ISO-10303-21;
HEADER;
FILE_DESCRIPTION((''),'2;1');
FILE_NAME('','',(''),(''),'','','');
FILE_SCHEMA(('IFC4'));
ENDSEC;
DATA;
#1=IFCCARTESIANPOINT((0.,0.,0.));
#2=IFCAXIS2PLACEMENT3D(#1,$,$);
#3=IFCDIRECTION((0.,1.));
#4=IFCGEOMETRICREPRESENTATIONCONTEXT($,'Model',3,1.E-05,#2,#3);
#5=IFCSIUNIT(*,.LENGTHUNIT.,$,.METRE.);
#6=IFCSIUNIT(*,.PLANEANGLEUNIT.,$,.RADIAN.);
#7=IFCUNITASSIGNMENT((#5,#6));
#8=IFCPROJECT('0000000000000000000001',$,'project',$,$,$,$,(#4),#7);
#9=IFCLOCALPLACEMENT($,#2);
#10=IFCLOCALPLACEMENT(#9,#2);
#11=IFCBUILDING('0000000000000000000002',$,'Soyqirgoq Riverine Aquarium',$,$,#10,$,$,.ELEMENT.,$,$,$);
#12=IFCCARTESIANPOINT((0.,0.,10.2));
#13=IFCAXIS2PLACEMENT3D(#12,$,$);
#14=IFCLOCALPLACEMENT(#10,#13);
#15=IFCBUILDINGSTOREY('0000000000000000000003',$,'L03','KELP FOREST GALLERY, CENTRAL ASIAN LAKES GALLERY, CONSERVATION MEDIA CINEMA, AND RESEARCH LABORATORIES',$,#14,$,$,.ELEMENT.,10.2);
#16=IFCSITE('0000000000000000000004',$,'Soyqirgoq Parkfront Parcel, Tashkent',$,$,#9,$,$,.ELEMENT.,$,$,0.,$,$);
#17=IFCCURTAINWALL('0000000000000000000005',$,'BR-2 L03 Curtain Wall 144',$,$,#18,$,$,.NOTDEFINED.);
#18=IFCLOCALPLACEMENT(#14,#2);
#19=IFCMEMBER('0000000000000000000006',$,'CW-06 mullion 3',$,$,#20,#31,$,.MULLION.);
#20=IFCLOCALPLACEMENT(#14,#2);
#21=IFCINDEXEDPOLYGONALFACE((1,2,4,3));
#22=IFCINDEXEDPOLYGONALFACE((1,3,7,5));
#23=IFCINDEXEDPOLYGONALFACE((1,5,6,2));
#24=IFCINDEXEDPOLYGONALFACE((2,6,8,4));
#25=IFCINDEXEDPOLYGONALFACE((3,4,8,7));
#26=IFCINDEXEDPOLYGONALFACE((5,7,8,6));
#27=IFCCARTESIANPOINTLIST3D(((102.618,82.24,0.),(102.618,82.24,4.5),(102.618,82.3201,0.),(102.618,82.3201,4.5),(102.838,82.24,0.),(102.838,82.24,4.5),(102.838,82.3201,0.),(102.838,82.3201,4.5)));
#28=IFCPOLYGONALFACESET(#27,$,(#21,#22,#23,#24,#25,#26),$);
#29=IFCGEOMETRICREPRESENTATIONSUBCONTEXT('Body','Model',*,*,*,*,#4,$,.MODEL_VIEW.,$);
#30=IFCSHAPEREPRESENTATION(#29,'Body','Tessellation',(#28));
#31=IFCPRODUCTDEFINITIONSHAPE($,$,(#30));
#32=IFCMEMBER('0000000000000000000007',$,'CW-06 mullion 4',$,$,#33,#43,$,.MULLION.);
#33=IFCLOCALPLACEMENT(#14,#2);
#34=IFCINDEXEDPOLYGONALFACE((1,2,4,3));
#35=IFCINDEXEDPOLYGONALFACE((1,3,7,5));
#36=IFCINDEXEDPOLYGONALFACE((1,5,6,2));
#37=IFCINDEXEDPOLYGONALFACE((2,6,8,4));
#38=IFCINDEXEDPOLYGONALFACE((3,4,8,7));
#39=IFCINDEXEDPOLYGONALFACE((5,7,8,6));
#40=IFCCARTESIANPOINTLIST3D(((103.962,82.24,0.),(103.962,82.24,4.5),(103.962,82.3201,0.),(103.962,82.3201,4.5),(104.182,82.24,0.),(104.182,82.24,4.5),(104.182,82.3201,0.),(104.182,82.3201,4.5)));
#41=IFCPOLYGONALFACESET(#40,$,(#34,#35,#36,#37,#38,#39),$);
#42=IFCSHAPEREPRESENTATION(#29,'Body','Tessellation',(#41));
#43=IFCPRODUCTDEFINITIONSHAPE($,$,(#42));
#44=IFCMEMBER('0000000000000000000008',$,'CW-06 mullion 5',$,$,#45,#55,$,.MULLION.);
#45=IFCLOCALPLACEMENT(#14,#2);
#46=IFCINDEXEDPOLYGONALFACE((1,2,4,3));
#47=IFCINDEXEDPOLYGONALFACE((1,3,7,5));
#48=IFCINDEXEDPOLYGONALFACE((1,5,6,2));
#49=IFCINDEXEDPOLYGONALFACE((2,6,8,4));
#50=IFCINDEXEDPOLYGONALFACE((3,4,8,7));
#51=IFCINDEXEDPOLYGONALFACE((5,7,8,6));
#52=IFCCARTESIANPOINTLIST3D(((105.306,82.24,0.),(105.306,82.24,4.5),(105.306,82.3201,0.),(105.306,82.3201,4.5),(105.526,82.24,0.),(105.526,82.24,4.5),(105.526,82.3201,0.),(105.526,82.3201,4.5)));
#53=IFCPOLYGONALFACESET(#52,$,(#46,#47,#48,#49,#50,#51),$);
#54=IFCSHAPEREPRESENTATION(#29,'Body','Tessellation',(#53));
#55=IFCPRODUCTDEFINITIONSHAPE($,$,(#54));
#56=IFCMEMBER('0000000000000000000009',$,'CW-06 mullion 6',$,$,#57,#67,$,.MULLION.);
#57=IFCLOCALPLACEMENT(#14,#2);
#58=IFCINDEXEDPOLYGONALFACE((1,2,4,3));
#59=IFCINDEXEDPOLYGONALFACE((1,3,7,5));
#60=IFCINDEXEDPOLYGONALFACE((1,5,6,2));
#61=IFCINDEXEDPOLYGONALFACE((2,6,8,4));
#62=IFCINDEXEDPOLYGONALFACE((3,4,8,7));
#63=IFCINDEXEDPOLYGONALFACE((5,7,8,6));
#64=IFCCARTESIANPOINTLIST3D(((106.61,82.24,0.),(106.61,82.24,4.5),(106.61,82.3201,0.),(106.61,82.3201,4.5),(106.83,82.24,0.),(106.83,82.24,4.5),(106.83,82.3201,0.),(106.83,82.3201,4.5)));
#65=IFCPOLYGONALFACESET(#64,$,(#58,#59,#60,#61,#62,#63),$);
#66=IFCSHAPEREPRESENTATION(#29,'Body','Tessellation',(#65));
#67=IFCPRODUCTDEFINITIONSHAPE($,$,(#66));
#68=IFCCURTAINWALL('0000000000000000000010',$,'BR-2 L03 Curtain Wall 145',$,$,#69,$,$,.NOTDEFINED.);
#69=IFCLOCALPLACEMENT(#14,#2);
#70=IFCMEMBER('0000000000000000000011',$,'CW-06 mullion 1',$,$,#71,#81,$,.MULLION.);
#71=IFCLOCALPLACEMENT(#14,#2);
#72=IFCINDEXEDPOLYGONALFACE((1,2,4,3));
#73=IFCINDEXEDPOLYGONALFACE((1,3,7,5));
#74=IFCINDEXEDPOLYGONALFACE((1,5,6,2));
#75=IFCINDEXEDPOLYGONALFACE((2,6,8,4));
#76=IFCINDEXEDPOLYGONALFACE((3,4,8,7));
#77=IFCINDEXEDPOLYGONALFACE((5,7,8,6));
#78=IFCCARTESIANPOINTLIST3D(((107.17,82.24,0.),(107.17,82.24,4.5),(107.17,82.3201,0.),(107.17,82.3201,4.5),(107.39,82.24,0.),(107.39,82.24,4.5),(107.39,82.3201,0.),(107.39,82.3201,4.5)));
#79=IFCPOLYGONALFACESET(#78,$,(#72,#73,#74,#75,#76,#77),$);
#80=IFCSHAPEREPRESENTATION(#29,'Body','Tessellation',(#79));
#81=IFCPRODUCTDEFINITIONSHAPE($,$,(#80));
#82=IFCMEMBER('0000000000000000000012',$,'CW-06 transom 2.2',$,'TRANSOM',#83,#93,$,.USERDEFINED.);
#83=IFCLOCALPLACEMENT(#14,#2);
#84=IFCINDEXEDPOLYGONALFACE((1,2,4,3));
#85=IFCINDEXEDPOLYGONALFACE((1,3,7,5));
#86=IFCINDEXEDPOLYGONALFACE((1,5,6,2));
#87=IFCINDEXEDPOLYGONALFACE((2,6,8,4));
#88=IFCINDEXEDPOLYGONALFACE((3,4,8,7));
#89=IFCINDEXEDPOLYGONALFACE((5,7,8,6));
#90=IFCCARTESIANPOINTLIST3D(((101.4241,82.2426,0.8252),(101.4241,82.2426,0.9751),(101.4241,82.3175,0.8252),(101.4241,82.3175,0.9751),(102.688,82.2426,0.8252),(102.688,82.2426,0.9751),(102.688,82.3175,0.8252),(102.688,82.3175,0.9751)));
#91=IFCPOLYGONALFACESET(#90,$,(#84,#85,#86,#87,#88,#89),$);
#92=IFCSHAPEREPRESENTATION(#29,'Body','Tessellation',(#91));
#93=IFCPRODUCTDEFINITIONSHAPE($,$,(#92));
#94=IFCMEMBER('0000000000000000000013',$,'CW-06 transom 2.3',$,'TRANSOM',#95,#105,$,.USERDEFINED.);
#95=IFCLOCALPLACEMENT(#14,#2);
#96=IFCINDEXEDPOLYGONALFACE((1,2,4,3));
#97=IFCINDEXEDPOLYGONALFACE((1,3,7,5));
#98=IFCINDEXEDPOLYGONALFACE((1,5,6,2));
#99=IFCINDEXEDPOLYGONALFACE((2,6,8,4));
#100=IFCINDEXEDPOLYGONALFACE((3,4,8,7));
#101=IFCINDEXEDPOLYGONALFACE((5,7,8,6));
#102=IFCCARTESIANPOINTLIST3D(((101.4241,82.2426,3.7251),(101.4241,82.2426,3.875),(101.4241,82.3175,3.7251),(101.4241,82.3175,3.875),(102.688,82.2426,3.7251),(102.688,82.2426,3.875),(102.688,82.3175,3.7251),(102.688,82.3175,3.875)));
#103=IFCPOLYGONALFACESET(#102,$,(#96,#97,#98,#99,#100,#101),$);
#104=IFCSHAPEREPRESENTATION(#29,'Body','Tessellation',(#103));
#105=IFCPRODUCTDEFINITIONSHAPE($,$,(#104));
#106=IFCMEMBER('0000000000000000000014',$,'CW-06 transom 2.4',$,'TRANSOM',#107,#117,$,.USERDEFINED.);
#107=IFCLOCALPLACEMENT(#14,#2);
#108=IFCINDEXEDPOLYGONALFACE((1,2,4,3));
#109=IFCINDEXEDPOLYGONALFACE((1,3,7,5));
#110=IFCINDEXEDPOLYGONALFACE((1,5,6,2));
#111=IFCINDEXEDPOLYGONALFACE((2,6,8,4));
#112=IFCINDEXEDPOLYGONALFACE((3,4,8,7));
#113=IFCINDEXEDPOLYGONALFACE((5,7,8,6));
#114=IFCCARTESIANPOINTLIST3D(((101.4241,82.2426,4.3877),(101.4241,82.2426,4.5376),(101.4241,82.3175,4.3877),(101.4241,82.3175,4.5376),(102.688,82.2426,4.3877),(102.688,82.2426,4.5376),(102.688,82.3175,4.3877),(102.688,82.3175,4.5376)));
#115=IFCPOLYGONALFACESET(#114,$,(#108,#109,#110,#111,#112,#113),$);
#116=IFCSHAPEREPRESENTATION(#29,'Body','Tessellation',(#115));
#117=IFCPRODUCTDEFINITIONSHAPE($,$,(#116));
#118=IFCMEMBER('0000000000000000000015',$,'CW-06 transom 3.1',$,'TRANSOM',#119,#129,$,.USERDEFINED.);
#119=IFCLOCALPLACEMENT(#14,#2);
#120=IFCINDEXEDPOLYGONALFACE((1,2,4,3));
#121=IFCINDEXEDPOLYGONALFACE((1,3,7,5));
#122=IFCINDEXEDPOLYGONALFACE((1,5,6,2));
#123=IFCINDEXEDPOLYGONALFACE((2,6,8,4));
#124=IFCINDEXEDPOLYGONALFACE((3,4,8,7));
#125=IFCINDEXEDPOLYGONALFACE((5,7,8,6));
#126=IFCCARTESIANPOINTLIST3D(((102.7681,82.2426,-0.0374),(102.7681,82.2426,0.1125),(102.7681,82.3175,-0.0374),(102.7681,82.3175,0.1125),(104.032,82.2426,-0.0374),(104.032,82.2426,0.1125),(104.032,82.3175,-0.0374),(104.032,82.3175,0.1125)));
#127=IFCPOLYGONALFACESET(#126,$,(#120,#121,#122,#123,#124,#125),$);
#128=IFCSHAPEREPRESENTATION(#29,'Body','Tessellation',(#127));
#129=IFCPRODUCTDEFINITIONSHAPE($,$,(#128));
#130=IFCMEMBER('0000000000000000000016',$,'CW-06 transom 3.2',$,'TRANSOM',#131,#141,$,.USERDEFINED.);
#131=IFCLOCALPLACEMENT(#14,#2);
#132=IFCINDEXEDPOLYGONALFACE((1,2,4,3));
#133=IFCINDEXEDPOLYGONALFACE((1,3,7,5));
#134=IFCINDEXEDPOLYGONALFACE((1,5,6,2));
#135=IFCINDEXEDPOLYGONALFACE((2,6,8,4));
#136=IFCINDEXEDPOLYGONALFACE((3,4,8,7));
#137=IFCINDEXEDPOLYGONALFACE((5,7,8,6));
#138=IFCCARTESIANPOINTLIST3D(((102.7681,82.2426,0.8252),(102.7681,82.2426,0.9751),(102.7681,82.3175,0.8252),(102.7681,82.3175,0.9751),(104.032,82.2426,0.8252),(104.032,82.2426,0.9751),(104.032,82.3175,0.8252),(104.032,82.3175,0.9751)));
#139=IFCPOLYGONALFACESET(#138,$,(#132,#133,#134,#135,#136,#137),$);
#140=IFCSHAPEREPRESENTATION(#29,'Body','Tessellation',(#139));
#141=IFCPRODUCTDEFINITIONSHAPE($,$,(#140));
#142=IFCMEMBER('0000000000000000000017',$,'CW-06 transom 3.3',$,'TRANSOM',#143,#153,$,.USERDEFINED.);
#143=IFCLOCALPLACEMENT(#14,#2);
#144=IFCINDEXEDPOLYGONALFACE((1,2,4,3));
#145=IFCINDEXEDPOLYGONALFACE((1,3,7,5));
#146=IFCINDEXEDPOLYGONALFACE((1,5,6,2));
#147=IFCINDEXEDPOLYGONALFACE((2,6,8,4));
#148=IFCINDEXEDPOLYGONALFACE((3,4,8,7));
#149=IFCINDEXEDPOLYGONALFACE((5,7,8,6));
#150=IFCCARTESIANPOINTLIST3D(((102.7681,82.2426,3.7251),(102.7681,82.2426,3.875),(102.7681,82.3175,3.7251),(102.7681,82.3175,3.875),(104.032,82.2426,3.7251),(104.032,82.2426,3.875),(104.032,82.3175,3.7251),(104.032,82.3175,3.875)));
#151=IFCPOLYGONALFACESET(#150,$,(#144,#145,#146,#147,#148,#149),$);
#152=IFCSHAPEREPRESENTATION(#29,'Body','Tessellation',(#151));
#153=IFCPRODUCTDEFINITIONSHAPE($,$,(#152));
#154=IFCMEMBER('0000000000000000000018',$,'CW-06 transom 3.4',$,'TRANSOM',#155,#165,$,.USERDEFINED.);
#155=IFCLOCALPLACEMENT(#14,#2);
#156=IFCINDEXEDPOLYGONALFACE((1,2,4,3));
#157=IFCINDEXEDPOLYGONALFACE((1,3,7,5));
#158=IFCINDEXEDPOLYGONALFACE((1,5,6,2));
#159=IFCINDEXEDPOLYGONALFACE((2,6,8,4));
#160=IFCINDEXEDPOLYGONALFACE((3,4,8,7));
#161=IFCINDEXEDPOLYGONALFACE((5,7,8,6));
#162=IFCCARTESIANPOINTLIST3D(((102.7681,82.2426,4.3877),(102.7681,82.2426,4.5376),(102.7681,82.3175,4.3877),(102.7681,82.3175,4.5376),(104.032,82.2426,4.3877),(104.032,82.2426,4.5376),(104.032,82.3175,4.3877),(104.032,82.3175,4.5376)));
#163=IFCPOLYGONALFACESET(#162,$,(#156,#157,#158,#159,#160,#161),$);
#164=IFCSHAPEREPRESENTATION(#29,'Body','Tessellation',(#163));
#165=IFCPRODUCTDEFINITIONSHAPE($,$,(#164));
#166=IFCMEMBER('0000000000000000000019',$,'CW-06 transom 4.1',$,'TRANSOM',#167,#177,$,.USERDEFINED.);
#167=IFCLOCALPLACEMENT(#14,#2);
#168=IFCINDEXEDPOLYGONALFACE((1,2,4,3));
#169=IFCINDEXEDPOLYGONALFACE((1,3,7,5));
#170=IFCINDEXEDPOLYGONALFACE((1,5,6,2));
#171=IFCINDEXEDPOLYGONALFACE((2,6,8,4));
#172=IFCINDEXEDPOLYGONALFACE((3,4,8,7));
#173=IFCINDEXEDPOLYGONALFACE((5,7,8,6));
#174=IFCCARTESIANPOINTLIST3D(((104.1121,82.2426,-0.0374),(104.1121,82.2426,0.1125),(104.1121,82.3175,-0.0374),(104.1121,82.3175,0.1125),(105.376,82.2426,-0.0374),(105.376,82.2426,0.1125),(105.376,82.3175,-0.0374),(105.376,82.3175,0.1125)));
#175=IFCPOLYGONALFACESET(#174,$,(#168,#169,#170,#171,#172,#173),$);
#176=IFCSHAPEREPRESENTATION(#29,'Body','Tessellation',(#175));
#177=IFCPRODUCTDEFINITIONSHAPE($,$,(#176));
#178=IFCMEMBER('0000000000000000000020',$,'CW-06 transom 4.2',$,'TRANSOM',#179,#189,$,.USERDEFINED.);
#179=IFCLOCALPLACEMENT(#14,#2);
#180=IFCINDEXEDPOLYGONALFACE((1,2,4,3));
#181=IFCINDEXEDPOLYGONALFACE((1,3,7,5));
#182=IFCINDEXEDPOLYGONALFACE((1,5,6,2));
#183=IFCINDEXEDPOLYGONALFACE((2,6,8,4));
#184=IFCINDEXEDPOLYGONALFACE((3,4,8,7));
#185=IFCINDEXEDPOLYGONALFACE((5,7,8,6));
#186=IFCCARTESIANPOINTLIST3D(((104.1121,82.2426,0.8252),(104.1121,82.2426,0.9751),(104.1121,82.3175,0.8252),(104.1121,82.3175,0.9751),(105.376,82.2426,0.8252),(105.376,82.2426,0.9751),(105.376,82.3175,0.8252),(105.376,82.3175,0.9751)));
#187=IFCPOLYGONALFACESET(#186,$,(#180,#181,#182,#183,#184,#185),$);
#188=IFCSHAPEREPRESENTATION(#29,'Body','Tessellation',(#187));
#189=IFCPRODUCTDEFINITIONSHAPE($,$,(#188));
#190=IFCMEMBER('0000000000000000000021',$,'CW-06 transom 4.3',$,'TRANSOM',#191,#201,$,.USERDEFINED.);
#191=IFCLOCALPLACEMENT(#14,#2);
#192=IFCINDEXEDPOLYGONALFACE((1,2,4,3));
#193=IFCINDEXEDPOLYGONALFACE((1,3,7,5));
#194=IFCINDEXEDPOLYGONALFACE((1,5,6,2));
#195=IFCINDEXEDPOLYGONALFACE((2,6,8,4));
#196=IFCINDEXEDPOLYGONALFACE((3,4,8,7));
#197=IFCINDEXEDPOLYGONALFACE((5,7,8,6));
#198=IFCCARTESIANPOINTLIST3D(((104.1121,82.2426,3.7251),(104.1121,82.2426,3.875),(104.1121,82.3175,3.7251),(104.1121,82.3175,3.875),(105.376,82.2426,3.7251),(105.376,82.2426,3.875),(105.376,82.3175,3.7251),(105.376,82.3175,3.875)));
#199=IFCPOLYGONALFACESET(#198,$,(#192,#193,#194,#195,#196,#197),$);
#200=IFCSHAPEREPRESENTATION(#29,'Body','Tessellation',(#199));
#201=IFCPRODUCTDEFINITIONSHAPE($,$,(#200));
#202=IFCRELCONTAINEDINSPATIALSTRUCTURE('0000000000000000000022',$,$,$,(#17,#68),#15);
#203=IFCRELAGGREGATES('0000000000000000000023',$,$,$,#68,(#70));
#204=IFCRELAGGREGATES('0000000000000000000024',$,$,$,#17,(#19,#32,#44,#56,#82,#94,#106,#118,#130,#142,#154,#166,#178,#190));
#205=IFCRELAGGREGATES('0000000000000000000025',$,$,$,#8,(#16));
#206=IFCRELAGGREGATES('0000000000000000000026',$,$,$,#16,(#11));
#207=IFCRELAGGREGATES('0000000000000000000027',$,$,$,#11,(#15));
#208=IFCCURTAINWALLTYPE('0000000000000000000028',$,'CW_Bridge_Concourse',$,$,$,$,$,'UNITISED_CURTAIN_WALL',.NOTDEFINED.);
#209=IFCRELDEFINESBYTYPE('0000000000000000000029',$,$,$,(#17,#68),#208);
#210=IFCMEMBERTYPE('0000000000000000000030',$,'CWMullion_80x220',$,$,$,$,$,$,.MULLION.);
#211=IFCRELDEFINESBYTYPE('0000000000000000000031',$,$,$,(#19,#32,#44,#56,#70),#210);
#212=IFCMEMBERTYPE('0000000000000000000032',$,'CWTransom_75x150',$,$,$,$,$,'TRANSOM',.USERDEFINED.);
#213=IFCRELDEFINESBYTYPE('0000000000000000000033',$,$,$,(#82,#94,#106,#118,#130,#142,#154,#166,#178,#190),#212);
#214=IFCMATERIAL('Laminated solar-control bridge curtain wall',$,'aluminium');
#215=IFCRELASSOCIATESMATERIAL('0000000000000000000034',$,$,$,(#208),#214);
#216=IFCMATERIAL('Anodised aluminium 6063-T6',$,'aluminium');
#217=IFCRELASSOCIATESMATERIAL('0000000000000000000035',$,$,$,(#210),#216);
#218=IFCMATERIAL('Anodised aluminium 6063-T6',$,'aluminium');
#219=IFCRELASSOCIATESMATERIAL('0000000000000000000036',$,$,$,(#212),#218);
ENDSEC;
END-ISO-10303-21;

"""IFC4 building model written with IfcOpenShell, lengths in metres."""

from ifc_helpers import new_model, si_unit, direction, frame, origin, origin_2d, place, context, subcontext, project, spatial, rectangle, extrude, material, material_profile, profile_set, type_object, element, aggregate, save


model = new_model("IFC4")

# Units and contexts
model_context = context("Model", 3, precision=1e-05, world=origin(), true_north=direction((0.0, 1.0)))
body_context = subcontext(model_context, "Body", "Model", "MODEL_VIEW")
ifc_project = project(units=[si_unit("LENGTHUNIT", "METRE"), si_unit("PLANEANGLEUNIT", "RADIAN")], contexts=[model_context])

# Site, building, storey
site_placement = place(None, origin())
site = spatial("IfcSite", under=ifc_project, at=site_placement, Name="Soyqirgoq Parkfront Parcel, Tashkent", CompositionType="ELEMENT", RefElevation=0.0)
building_placement = place(site_placement, origin())
building = spatial("IfcBuilding", under=site, at=building_placement, Name="Soyqirgoq Riverine Aquarium", CompositionType="ELEMENT")
storey_placement = place(building_placement, frame((0.0, 0.0, 10.2)))
storey = spatial("IfcBuildingStorey", under=building, at=storey_placement, Name="L03", Description="KELP FOREST GALLERY, CENTRAL ASIAN LAKES GALLERY, CONSERVATION MEDIA CINEMA, AND RESEARCH LABORATORIES", CompositionType="ELEMENT", Elevation=10.2)

# Curtain wall, members
ifc_material_1 = material(Name="Laminated solar-control bridge curtain wall", Category="aluminium")
curtain_wall_type = type_object("IfcCurtainWallType", Name="CW_Bridge_Concourse", ElementType="UNITISED_CURTAIN_WALL", PredefinedType="NOTDEFINED", material=ifc_material_1)
curtain_wall_1_placement = place(storey_placement, origin())
curtain_wall_1 = element("IfcCurtainWall", 1, at=curtain_wall_1_placement, inside=storey, type_object=curtain_wall_type, Name="BR-2 L03 Curtain Wall 144", PredefinedType="NOTDEFINED")
ifc_material_2 = material(Name="Anodised aluminium 6063-T6", Category="aluminium")
ifc_material_profile_1 = material_profile(ifc_material_2, rectangle(XDim=0.0801, YDim=0.22, at=origin_2d()), Name="ALU-M 80x220")
ifc_profile_set_1 = profile_set([ifc_material_profile_1], Name="Anodised aluminium 6063-T6")
member_type_1 = type_object("IfcMemberType", Name="CWMullion_80x220", PredefinedType="MULLION", material=ifc_profile_set_1)
member_1_placement = place(storey_placement, frame((102.728, 82.28, 0.0), z_axis=(0.0, 0.0, 1.0), x_axis=(0.0, 1.0, 0.0)))
member_1 = element("IfcMember", 2, at=member_1_placement, type_object=member_type_1, Name="CW-06 mullion 3", PredefinedType="MULLION", context=body_context, shape_type="SweptSolid", body=[
    extrude(rectangle(XDim=0.0801, YDim=0.22, at=origin_2d()), origin(), (0.0, 0.0, 1.0), 4.5),
])
member_2_placement = place(storey_placement, frame((104.072, 82.28, 0.0), z_axis=(0.0, 0.0, 1.0), x_axis=(0.0, 1.0, 0.0)))
member_2 = element("IfcMember", 3, at=member_2_placement, type_object=member_type_1, Name="CW-06 mullion 4", PredefinedType="MULLION", context=body_context, shape_type="SweptSolid", body=[
    extrude(rectangle(XDim=0.0801, YDim=0.22, at=origin_2d()), origin(), (0.0, 0.0, 1.0), 4.5),
])
member_3_placement = place(storey_placement, frame((105.416, 82.28, 0.0), z_axis=(0.0, 0.0, 1.0), x_axis=(0.0, 1.0, 0.0)))
member_3 = element("IfcMember", 4, at=member_3_placement, type_object=member_type_1, Name="CW-06 mullion 5", PredefinedType="MULLION", context=body_context, shape_type="SweptSolid", body=[
    extrude(rectangle(XDim=0.0801, YDim=0.22, at=origin_2d()), origin(), (0.0, 0.0, 1.0), 4.5),
])
member_4_placement = place(storey_placement, frame((106.72, 82.28, 0.0), z_axis=(0.0, 0.0, 1.0), x_axis=(0.0, 1.0, 0.0)))
member_4 = element("IfcMember", 5, at=member_4_placement, type_object=member_type_1, Name="CW-06 mullion 6", PredefinedType="MULLION", context=body_context, shape_type="SweptSolid", body=[
    extrude(rectangle(XDim=0.0801, YDim=0.22, at=origin_2d()), origin(), (0.0, 0.0, 1.0), 4.5),
])

# Curtain wall, member
curtain_wall_2_placement = place(storey_placement, origin())
curtain_wall_2 = element("IfcCurtainWall", 6, at=curtain_wall_2_placement, inside=storey, type_object=curtain_wall_type, Name="BR-2 L03 Curtain Wall 145", PredefinedType="NOTDEFINED")
member_5_placement = place(storey_placement, frame((107.28, 82.28, 0.0), z_axis=(0.0, 0.0, 1.0), x_axis=(0.0, 1.0, 0.0)))
member_5 = element("IfcMember", 7, at=member_5_placement, type_object=member_type_1, Name="CW-06 mullion 1", PredefinedType="MULLION", context=body_context, shape_type="SweptSolid", body=[
    extrude(rectangle(XDim=0.0801, YDim=0.22, at=origin_2d()), origin(), (0.0, 0.0, 1.0), 4.5),
])

# Members
ifc_material_3 = material(Name="Anodised aluminium 6063-T6", Category="aluminium")
ifc_material_profile_2 = material_profile(ifc_material_3, rectangle(XDim=0.075, YDim=0.1499, at=origin_2d()), Name="ALU-T 75x150")
ifc_profile_set_2 = profile_set([ifc_material_profile_2], Name="Anodised aluminium 6063-T6")
member_type_2 = type_object("IfcMemberType", Name="CWTransom_75x150", ElementType="TRANSOM", PredefinedType="USERDEFINED", material=ifc_profile_set_2)
member_6_placement = place(storey_placement, frame((101.4241, 82.28, 0.9001), z_axis=(1.0, 0.0, 0.0), x_axis=(0.0, 1.0, 0.0)))
member_6 = element("IfcMember", 8, at=member_6_placement, type_object=member_type_2, Name="CW-06 transom 2.2", ObjectType="TRANSOM", PredefinedType="USERDEFINED", context=body_context, shape_type="SweptSolid", body=[
    extrude(rectangle(XDim=0.075, YDim=0.1499, at=origin_2d()), origin(), (0.0, 0.0, 1.0), 1.2639),
])
member_7_placement = place(storey_placement, frame((101.4241, 82.28, 3.8), z_axis=(1.0, 0.0, 0.0), x_axis=(0.0, 1.0, 0.0)))
member_7 = element("IfcMember", 9, at=member_7_placement, type_object=member_type_2, Name="CW-06 transom 2.3", ObjectType="TRANSOM", PredefinedType="USERDEFINED", context=body_context, shape_type="SweptSolid", body=[
    extrude(rectangle(XDim=0.075, YDim=0.1499, at=origin_2d()), origin(), (0.0, 0.0, 1.0), 1.2639),
])
member_8_placement = place(storey_placement, frame((101.4241, 82.28, 4.4626), z_axis=(1.0, 0.0, 0.0), x_axis=(0.0, 1.0, 0.0)))
member_8 = element("IfcMember", 10, at=member_8_placement, type_object=member_type_2, Name="CW-06 transom 2.4", ObjectType="TRANSOM", PredefinedType="USERDEFINED", context=body_context, shape_type="SweptSolid", body=[
    extrude(rectangle(XDim=0.075, YDim=0.1499, at=origin_2d()), origin(), (0.0, 0.0, 1.0), 1.2639),
])
member_9_placement = place(storey_placement, frame((102.7681, 82.28, 0.0376), z_axis=(1.0, 0.0, 0.0), x_axis=(0.0, 1.0, 0.0)))
member_9 = element("IfcMember", 11, at=member_9_placement, type_object=member_type_2, Name="CW-06 transom 3.1", ObjectType="TRANSOM", PredefinedType="USERDEFINED", context=body_context, shape_type="SweptSolid", body=[
    extrude(rectangle(XDim=0.075, YDim=0.1499, at=origin_2d()), origin(), (0.0, 0.0, 1.0), 1.2639),
])
member_10_placement = place(storey_placement, frame((102.7681, 82.28, 0.9001), z_axis=(1.0, 0.0, 0.0), x_axis=(0.0, 1.0, 0.0)))
member_10 = element("IfcMember", 12, at=member_10_placement, type_object=member_type_2, Name="CW-06 transom 3.2", ObjectType="TRANSOM", PredefinedType="USERDEFINED", context=body_context, shape_type="SweptSolid", body=[
    extrude(rectangle(XDim=0.075, YDim=0.1499, at=origin_2d()), origin(), (0.0, 0.0, 1.0), 1.2639),
])
member_11_placement = place(storey_placement, frame((102.7681, 82.28, 3.8), z_axis=(1.0, 0.0, 0.0), x_axis=(0.0, 1.0, 0.0)))
member_11 = element("IfcMember", 13, at=member_11_placement, type_object=member_type_2, Name="CW-06 transom 3.3", ObjectType="TRANSOM", PredefinedType="USERDEFINED", context=body_context, shape_type="SweptSolid", body=[
    extrude(rectangle(XDim=0.075, YDim=0.1499, at=origin_2d()), origin(), (0.0, 0.0, 1.0), 1.2639),
])
member_12_placement = place(storey_placement, frame((102.7681, 82.28, 4.4626), z_axis=(1.0, 0.0, 0.0), x_axis=(0.0, 1.0, 0.0)))
member_12 = element("IfcMember", 14, at=member_12_placement, type_object=member_type_2, Name="CW-06 transom 3.4", ObjectType="TRANSOM", PredefinedType="USERDEFINED", context=body_context, shape_type="SweptSolid", body=[
    extrude(rectangle(XDim=0.075, YDim=0.1499, at=origin_2d()), origin(), (0.0, 0.0, 1.0), 1.2639),
])
member_13_placement = place(storey_placement, frame((104.1121, 82.28, 0.0376), z_axis=(1.0, 0.0, 0.0), x_axis=(0.0, 1.0, 0.0)))
member_13 = element("IfcMember", 15, at=member_13_placement, type_object=member_type_2, Name="CW-06 transom 4.1", ObjectType="TRANSOM", PredefinedType="USERDEFINED", context=body_context, shape_type="SweptSolid", body=[
    extrude(rectangle(XDim=0.075, YDim=0.1499, at=origin_2d()), origin(), (0.0, 0.0, 1.0), 1.2639),
])
member_14_placement = place(storey_placement, frame((104.1121, 82.28, 0.9001), z_axis=(1.0, 0.0, 0.0), x_axis=(0.0, 1.0, 0.0)))
member_14 = element("IfcMember", 16, at=member_14_placement, type_object=member_type_2, Name="CW-06 transom 4.2", ObjectType="TRANSOM", PredefinedType="USERDEFINED", context=body_context, shape_type="SweptSolid", body=[
    extrude(rectangle(XDim=0.075, YDim=0.1499, at=origin_2d()), origin(), (0.0, 0.0, 1.0), 1.2639),
])
member_15_placement = place(storey_placement, frame((104.1121, 82.28, 3.8), z_axis=(1.0, 0.0, 0.0), x_axis=(0.0, 1.0, 0.0)))
member_15 = element("IfcMember", 17, at=member_15_placement, type_object=member_type_2, Name="CW-06 transom 4.3", ObjectType="TRANSOM", PredefinedType="USERDEFINED", context=body_context, shape_type="SweptSolid", body=[
    extrude(rectangle(XDim=0.075, YDim=0.1499, at=origin_2d()), origin(), (0.0, 0.0, 1.0), 1.2639),
])

aggregate(curtain_wall_2, [member_5])
aggregate(curtain_wall_1, [member_1, member_2, member_3, member_4, member_6, member_7, member_8, member_9, member_10, member_11, member_12, member_13, member_14, member_15])

save(model, "model.ifc")
